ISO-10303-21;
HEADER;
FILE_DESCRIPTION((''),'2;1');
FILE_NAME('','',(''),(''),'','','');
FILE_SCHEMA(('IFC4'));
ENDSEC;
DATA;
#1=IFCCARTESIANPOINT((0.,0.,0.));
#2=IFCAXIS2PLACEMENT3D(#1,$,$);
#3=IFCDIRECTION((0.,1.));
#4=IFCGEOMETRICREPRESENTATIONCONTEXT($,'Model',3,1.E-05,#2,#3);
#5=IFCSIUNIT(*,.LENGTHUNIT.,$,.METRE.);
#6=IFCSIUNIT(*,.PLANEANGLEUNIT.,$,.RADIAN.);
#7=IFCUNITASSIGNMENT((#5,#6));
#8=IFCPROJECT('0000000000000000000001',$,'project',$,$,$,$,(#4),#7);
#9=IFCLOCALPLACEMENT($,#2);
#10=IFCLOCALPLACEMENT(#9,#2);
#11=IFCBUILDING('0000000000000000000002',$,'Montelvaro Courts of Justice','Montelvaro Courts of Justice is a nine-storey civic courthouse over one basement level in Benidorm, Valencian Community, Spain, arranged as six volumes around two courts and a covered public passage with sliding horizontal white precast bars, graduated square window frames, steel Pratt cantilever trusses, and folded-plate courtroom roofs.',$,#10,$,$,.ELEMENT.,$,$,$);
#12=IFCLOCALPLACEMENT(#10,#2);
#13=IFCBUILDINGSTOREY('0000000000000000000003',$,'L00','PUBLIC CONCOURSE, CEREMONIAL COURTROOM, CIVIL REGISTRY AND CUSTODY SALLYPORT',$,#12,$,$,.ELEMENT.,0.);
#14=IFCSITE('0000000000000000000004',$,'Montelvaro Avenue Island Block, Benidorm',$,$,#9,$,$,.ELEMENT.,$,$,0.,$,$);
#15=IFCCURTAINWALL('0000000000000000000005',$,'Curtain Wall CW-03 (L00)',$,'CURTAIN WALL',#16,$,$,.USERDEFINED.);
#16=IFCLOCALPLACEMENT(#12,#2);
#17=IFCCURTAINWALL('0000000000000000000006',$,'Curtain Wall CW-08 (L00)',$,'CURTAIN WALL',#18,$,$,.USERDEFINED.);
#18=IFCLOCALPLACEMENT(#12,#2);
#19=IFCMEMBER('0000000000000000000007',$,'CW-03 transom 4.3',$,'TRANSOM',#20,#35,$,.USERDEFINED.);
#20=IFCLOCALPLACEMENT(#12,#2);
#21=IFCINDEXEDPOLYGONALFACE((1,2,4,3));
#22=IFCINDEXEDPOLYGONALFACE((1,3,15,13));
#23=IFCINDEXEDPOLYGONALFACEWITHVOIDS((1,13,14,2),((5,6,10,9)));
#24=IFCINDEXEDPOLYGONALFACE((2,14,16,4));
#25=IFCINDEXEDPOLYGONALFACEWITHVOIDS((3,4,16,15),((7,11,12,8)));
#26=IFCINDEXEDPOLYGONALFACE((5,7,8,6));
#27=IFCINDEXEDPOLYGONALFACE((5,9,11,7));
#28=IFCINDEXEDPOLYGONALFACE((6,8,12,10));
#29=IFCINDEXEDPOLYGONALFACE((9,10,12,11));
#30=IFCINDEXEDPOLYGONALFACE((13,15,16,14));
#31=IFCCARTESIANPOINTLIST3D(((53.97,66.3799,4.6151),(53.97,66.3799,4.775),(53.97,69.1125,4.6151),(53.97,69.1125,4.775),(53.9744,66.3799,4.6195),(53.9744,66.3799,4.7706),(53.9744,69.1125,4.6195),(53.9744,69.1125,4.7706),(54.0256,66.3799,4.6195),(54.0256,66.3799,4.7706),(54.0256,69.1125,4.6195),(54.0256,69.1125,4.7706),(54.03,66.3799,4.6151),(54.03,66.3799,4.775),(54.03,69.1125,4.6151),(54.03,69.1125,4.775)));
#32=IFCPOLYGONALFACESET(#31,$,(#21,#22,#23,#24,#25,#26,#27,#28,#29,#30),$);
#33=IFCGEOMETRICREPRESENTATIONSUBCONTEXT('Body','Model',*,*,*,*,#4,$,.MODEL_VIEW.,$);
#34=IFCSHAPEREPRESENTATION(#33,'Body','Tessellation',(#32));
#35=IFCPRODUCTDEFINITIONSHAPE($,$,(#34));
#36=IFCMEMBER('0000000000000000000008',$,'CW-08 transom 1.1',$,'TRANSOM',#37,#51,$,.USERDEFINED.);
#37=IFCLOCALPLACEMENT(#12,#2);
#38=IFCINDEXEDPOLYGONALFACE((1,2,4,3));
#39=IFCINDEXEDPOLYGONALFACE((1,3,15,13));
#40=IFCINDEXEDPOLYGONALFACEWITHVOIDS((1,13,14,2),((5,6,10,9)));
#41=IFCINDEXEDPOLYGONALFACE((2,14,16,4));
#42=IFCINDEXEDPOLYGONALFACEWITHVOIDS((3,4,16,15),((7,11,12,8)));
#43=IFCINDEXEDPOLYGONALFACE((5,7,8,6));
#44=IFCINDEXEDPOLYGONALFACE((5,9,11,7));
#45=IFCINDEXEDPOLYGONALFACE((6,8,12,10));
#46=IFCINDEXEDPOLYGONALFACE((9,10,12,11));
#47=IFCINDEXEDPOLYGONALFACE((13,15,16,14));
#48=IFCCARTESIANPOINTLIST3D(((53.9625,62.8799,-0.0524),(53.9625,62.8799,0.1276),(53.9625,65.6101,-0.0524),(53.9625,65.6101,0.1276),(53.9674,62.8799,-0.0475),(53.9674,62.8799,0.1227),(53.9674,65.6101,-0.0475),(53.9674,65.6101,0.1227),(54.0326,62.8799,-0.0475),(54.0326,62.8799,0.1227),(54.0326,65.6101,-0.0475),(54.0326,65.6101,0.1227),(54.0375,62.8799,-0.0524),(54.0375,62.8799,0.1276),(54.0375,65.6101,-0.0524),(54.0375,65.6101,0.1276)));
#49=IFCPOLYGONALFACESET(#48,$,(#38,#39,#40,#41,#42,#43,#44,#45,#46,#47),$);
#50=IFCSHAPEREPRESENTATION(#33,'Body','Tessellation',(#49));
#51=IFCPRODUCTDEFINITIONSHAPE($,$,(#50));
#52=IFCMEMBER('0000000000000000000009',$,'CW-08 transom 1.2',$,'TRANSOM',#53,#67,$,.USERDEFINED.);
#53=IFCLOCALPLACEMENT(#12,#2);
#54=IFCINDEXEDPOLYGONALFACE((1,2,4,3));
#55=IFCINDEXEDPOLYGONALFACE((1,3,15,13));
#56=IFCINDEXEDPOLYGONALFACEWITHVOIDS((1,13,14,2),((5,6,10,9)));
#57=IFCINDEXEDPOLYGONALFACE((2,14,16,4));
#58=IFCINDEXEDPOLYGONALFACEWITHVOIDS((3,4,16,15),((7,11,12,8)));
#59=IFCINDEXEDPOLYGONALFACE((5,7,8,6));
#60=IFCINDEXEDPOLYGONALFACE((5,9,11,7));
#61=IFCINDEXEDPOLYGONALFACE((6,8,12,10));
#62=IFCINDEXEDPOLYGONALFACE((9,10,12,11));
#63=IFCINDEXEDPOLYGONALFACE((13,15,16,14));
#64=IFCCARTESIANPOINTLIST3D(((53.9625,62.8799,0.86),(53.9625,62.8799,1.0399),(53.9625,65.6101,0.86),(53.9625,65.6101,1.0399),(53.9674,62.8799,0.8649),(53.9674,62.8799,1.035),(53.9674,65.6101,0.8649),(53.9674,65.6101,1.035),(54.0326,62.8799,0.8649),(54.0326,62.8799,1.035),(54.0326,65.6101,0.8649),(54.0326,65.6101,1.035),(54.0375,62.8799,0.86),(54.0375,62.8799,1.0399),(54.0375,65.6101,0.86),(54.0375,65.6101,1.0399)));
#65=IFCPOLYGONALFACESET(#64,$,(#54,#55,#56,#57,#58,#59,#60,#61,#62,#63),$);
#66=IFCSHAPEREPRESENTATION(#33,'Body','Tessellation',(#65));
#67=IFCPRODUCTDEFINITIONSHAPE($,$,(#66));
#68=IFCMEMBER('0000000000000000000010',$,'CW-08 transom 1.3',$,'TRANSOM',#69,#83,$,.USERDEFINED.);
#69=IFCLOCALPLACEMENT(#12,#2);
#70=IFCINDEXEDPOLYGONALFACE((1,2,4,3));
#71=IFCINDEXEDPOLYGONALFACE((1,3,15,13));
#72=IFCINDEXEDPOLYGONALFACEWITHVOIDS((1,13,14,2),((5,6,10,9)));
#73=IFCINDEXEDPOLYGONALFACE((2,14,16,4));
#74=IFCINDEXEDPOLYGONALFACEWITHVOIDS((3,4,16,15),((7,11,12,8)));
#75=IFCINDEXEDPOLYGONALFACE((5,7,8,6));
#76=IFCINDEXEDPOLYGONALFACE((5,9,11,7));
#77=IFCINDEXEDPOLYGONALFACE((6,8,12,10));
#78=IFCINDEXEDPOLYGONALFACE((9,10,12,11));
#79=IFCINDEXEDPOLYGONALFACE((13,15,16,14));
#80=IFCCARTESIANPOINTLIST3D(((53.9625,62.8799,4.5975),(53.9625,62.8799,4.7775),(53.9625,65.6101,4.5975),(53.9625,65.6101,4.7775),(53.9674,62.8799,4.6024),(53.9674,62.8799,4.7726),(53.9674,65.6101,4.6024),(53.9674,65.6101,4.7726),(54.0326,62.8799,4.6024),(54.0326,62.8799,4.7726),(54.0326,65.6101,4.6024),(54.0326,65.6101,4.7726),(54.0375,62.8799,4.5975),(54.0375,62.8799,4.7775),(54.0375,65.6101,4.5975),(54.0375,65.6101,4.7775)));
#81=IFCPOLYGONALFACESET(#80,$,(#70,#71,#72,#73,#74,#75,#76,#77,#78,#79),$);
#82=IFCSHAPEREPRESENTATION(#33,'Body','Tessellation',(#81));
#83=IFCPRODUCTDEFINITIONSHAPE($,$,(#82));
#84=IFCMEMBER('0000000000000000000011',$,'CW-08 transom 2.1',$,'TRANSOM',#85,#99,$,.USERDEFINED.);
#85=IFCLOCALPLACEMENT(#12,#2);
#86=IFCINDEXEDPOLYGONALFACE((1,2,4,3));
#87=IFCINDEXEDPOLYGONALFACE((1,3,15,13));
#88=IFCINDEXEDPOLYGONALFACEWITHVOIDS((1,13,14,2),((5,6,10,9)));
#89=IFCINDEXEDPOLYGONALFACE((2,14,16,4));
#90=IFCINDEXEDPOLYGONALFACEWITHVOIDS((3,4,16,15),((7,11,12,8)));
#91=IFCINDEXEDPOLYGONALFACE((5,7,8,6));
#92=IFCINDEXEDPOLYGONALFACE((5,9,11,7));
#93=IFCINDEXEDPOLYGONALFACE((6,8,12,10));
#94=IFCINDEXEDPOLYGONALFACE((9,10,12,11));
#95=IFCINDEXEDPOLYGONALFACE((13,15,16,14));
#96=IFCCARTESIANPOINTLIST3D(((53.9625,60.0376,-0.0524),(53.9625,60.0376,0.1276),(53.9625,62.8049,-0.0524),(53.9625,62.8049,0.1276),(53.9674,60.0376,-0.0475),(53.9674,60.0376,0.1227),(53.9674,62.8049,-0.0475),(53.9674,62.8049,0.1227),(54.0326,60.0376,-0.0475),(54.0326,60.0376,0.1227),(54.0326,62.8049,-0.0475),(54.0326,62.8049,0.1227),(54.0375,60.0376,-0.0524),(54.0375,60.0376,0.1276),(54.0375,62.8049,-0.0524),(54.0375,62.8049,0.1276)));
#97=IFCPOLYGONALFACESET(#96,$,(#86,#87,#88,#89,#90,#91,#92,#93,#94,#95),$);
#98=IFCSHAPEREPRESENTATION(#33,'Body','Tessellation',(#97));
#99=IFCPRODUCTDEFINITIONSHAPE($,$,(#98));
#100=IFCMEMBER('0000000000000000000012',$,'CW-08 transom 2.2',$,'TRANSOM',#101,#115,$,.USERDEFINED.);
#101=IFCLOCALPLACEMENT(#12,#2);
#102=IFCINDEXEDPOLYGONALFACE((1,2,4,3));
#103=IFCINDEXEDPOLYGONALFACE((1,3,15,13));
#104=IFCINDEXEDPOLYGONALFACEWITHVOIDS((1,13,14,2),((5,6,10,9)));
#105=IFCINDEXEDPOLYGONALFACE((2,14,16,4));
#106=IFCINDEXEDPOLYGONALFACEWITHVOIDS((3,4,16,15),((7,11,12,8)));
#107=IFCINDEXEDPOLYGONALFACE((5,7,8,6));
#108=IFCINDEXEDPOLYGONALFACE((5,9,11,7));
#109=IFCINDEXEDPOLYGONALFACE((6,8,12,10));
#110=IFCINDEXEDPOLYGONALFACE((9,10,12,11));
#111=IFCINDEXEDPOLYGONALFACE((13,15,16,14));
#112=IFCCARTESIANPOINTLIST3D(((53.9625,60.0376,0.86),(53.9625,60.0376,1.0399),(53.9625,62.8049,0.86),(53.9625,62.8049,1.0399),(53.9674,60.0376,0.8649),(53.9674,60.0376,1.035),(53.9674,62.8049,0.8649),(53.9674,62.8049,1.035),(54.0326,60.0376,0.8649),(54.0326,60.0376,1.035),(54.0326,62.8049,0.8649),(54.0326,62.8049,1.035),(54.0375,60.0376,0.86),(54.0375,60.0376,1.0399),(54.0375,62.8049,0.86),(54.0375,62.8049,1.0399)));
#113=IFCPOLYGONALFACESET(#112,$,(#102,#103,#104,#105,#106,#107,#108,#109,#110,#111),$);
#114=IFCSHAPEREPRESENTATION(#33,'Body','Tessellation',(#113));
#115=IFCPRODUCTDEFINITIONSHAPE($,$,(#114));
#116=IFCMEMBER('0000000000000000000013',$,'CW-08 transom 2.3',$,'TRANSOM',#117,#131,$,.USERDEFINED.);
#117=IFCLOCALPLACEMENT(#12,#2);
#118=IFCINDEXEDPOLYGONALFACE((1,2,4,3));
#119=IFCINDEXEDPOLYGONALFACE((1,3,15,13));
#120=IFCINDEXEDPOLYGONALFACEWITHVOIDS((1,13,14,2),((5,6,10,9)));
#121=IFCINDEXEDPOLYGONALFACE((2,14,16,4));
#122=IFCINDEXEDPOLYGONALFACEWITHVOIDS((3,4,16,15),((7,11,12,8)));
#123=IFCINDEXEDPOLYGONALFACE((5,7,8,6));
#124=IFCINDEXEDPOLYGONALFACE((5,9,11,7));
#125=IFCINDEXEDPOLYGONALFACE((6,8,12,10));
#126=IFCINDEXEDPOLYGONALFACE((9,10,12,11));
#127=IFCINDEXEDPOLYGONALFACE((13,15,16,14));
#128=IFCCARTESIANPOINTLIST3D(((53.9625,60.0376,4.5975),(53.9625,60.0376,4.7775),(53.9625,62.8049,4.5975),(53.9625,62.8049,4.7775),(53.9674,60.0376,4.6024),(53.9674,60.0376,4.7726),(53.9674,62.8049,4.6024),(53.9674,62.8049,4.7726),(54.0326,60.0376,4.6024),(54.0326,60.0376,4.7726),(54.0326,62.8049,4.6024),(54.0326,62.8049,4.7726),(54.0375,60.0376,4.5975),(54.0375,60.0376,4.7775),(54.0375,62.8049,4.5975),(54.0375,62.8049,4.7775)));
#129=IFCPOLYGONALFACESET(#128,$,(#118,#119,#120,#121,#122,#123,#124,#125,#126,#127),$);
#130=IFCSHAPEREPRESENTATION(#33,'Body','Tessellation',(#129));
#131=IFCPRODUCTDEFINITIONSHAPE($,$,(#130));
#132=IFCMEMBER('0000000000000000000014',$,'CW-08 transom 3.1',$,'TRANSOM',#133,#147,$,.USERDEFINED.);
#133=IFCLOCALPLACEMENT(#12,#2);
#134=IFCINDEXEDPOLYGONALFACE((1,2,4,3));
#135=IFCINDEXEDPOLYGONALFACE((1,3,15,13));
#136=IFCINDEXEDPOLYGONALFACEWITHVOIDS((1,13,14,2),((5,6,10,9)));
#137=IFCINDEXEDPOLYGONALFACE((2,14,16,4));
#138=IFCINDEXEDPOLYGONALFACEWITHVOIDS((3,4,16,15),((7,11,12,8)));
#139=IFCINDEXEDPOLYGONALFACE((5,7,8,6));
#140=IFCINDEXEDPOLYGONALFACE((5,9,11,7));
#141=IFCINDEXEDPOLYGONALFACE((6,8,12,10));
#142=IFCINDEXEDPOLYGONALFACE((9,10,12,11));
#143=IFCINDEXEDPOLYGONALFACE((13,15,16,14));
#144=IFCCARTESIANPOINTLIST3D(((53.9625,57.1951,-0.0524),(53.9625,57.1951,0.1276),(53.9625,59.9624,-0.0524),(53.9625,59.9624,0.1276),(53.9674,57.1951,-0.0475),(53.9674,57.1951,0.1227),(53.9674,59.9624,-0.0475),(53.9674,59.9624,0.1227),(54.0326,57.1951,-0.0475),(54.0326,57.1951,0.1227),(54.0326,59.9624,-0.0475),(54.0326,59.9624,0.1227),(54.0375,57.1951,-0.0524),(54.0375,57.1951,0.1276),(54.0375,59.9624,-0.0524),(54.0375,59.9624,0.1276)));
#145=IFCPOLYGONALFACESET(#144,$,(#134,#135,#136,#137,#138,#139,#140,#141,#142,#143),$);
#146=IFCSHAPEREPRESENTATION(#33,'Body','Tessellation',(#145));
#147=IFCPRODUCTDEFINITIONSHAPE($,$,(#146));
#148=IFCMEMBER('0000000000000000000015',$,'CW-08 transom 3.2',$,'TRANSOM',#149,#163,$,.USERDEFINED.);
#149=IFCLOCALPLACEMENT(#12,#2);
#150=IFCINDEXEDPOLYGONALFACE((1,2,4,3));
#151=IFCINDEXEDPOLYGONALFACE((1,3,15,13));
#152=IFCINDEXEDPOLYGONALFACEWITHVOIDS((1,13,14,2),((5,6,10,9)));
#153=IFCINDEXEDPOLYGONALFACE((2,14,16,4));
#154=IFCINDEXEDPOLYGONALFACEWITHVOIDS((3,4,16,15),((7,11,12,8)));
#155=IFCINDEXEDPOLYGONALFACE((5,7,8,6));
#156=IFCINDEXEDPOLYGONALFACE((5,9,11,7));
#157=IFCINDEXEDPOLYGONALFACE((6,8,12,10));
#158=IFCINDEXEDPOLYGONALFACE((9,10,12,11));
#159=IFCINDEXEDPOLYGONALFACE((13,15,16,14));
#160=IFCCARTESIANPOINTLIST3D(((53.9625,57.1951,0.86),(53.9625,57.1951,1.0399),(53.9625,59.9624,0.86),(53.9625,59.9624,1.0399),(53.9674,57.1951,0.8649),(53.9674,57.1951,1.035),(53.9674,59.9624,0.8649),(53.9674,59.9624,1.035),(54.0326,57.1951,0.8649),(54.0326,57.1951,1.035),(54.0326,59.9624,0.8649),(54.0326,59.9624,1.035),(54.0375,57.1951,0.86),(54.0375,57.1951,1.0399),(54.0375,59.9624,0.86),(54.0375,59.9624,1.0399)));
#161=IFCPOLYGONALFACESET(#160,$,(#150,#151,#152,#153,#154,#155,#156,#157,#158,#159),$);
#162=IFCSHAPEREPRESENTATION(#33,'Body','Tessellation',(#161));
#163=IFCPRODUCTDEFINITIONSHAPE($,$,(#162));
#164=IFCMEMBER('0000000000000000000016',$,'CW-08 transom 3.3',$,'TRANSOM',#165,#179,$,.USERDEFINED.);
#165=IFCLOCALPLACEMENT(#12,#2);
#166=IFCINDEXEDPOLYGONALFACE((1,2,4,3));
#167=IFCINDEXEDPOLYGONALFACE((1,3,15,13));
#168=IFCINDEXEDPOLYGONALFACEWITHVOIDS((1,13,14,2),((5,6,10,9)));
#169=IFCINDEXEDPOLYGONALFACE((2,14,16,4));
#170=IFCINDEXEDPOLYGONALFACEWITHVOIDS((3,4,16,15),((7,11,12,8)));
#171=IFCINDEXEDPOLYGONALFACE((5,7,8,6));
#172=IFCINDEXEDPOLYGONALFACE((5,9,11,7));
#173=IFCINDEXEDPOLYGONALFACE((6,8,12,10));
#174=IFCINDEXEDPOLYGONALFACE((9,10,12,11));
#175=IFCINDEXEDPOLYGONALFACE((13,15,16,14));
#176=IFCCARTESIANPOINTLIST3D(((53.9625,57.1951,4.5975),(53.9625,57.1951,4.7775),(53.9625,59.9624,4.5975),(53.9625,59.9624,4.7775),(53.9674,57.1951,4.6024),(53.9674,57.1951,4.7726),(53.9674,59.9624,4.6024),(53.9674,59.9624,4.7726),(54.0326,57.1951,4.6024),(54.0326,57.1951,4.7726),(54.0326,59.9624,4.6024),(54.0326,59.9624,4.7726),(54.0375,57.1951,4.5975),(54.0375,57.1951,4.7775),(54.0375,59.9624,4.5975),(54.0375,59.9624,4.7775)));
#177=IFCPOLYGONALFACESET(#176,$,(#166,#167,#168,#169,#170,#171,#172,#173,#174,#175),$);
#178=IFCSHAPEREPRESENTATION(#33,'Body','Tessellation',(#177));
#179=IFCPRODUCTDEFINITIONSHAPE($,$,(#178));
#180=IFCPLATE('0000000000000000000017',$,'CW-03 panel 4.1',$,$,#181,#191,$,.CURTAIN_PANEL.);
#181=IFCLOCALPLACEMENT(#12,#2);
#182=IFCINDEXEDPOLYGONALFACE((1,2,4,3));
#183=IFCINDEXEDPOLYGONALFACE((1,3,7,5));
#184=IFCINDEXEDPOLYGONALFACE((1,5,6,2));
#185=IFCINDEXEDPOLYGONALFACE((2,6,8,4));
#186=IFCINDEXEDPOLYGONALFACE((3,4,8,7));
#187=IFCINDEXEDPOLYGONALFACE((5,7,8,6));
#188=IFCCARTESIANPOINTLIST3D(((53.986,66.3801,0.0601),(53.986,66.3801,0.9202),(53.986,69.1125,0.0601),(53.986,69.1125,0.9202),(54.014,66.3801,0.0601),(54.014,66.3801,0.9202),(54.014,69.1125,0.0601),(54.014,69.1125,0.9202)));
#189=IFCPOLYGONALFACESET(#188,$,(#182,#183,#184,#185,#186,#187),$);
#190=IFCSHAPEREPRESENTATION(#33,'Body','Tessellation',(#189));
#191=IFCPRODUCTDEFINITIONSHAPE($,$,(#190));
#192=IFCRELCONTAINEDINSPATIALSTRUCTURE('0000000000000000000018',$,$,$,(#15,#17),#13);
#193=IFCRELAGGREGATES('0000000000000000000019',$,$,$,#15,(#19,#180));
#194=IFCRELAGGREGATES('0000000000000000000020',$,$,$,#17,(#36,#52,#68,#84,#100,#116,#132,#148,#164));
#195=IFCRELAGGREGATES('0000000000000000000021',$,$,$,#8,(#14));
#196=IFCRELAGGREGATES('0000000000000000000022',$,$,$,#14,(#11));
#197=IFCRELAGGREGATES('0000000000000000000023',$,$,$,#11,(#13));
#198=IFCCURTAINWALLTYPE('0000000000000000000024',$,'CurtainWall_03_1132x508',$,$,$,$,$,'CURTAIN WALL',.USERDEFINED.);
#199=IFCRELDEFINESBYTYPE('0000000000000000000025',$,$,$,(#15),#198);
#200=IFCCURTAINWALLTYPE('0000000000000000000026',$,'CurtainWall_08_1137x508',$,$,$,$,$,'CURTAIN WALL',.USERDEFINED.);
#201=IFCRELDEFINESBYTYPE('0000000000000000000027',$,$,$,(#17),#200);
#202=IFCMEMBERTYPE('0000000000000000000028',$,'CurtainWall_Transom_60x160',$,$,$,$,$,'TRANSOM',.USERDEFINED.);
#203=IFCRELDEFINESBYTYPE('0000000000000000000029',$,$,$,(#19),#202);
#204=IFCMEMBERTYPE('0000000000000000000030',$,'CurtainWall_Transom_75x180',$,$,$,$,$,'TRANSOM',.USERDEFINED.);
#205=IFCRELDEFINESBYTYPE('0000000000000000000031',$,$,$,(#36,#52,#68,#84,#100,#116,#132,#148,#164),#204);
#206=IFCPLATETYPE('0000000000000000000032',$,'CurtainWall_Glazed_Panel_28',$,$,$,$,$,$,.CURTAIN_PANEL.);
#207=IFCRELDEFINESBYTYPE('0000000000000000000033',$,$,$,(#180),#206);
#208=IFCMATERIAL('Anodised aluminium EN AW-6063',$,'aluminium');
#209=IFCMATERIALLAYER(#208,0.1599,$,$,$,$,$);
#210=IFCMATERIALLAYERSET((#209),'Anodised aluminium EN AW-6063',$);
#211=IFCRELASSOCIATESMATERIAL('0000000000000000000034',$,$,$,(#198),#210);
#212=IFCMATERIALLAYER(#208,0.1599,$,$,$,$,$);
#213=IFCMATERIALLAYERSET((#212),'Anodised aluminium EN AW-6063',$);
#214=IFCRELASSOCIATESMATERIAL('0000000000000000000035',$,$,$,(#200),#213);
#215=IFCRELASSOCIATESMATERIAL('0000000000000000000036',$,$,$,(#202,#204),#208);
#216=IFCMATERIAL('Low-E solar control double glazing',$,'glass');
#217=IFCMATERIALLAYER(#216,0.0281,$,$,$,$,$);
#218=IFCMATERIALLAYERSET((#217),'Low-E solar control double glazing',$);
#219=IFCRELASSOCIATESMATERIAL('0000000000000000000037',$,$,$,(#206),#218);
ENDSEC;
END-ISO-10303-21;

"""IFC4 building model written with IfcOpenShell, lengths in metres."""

from ifc_helpers import new_model, si_unit, direction, frame, origin, origin_2d, place, context, subcontext, project, spatial, rectangle, hollow_rectangle, extrude, material, layer, layer_set, material_profile, profile_set, type_object, element, aggregate, save


model = new_model("IFC4")

# Units and contexts
model_context = context("Model", 3, precision=1e-05, world=origin(), true_north=direction((0.0, 1.0)))
body_context = subcontext(model_context, "Body", "Model", "MODEL_VIEW")
ifc_project = project(units=[si_unit("LENGTHUNIT", "METRE"), si_unit("PLANEANGLEUNIT", "RADIAN")], contexts=[model_context])

# Site, building, storey
site_placement = place(None, origin())
site = spatial("IfcSite", under=ifc_project, at=site_placement, Name="Montelvaro Avenue Island Block, Benidorm", CompositionType="ELEMENT", RefElevation=0.0)
building_placement = place(site_placement, origin())
building = spatial("IfcBuilding", under=site, at=building_placement, Name="Montelvaro Courts of Justice", Description="Montelvaro Courts of Justice is a nine-storey civic courthouse over one basement level in Benidorm, Valencian Community, Spain, arranged as six volumes around two courts and a covered public passage with sliding horizontal white precast bars, graduated square window frames, steel Pratt cantilever trusses, and folded-plate courtroom roofs.", CompositionType="ELEMENT")
storey_placement = place(building_placement, origin())
storey = spatial("IfcBuildingStorey", under=building, at=storey_placement, Name="L00", Description="PUBLIC CONCOURSE, CEREMONIAL COURTROOM, CIVIL REGISTRY AND CUSTODY SALLYPORT", CompositionType="ELEMENT", Elevation=0.0)

# Curtain wall
ifc_material_1 = material(Name="Anodised aluminium EN AW-6063", Category="aluminium")
ifc_layer_1 = layer(ifc_material_1, 0.1599)
ifc_layer_set_1 = layer_set([ifc_layer_1], Name="Anodised aluminium EN AW-6063")
curtain_wall_type_1 = type_object("IfcCurtainWallType", Name="CurtainWall_03_1132x508", ElementType="CURTAIN WALL", PredefinedType="USERDEFINED", material=ifc_layer_set_1)
curtain_wall_1_placement = place(storey_placement, origin())
curtain_wall_1 = element("IfcCurtainWall", 1, at=curtain_wall_1_placement, inside=storey, type_object=curtain_wall_type_1, Name="Curtain Wall CW-03 (L00)", ObjectType="CURTAIN WALL", PredefinedType="USERDEFINED")

# Curtain wall
ifc_layer_2 = layer(ifc_material_1, 0.1599)
ifc_layer_set_2 = layer_set([ifc_layer_2], Name="Anodised aluminium EN AW-6063")
curtain_wall_type_2 = type_object("IfcCurtainWallType", Name="CurtainWall_08_1137x508", ElementType="CURTAIN WALL", PredefinedType="USERDEFINED", material=ifc_layer_set_2)
curtain_wall_2_placement = place(storey_placement, origin())
curtain_wall_2 = element("IfcCurtainWall", 2, at=curtain_wall_2_placement, inside=storey, type_object=curtain_wall_type_2, Name="Curtain Wall CW-08 (L00)", ObjectType="CURTAIN WALL", PredefinedType="USERDEFINED")

# Members
ifc_material_profile_1 = material_profile(ifc_material_1, hollow_rectangle(XDim=0.0601, YDim=0.1599, WallThickness=0.0044, at=origin_2d()), Name="ALU-T 60x160")
ifc_profile_set_1 = profile_set([ifc_material_profile_1], Name="Anodised aluminium EN AW-6063")
member_type_1 = type_object("IfcMemberType", Name="CurtainWall_Transom_60x160", ElementType="TRANSOM", PredefinedType="USERDEFINED", material=ifc_profile_set_1)
member_1_placement = place(storey_placement, frame((54.0, 69.1125, 4.6951), z_axis=(0.0, -1.0, 0.0), x_axis=(1.0, 0.0, 0.0)))
member_1 = element("IfcMember", 3, at=member_1_placement, type_object=member_type_1, Name="CW-03 transom 4.3", ObjectType="TRANSOM", PredefinedType="USERDEFINED", context=body_context, shape_type="SweptSolid", body=[
    extrude(hollow_rectangle(XDim=0.0601, YDim=0.1599, WallThickness=0.0044, at=origin_2d()), origin(), (0.0, 0.0, 1.0), 2.7327),
])
ifc_material_profile_2 = material_profile(ifc_material_1, hollow_rectangle(XDim=0.075, YDim=0.1799, WallThickness=0.0049, at=origin_2d()), Name="ALU-T 75x180")
ifc_profile_set_2 = profile_set([ifc_material_profile_2], Name="Anodised aluminium EN AW-6063")
member_type_2 = type_object("IfcMemberType", Name="CurtainWall_Transom_75x180", ElementType="TRANSOM", PredefinedType="USERDEFINED", material=ifc_profile_set_2)
member_2_placement = place(storey_placement, frame((54.0, 65.6101, 0.0376), z_axis=(0.0, -1.0, 0.0), x_axis=(1.0, 0.0, 0.0)))
member_2 = element("IfcMember", 4, at=member_2_placement, type_object=member_type_2, Name="CW-08 transom 1.1", ObjectType="TRANSOM", PredefinedType="USERDEFINED", context=body_context, shape_type="SweptSolid", body=[
    extrude(hollow_rectangle(XDim=0.075, YDim=0.1799, WallThickness=0.0049, at=origin_2d()), origin(), (0.0, 0.0, 1.0), 2.7302),
])
member_3_placement = place(storey_placement, frame((54.0, 65.6101, 0.95), z_axis=(0.0, -1.0, 0.0), x_axis=(1.0, 0.0, 0.0)))
member_3 = element("IfcMember", 5, at=member_3_placement, type_object=member_type_2, Name="CW-08 transom 1.2", ObjectType="TRANSOM", PredefinedType="USERDEFINED", context=body_context, shape_type="SweptSolid", body=[
    extrude(hollow_rectangle(XDim=0.075, YDim=0.1799, WallThickness=0.0049, at=origin_2d()), origin(), (0.0, 0.0, 1.0), 2.7302),
])
member_4_placement = place(storey_placement, frame((54.0, 65.6101, 4.6875), z_axis=(0.0, -1.0, 0.0), x_axis=(1.0, 0.0, 0.0)))
member_4 = element("IfcMember", 6, at=member_4_placement, type_object=member_type_2, Name="CW-08 transom 1.3", ObjectType="TRANSOM", PredefinedType="USERDEFINED", context=body_context, shape_type="SweptSolid", body=[
    extrude(hollow_rectangle(XDim=0.075, YDim=0.1799, WallThickness=0.0049, at=origin_2d()), origin(), (0.0, 0.0, 1.0), 2.7302),
])
member_5_placement = place(storey_placement, frame((54.0, 62.8049, 0.0376), z_axis=(0.0, -1.0, 0.0), x_axis=(1.0, 0.0, 0.0)))
member_5 = element("IfcMember", 7, at=member_5_placement, type_object=member_type_2, Name="CW-08 transom 2.1", ObjectType="TRANSOM", PredefinedType="USERDEFINED", context=body_context, shape_type="SweptSolid", body=[
    extrude(hollow_rectangle(XDim=0.075, YDim=0.1799, WallThickness=0.0049, at=origin_2d()), origin(), (0.0, 0.0, 1.0), 2.7673),
])
member_6_placement = place(storey_placement, frame((54.0, 62.8049, 0.95), z_axis=(0.0, -1.0, 0.0), x_axis=(1.0, 0.0, 0.0)))
member_6 = element("IfcMember", 8, at=member_6_placement, type_object=member_type_2, Name="CW-08 transom 2.2", ObjectType="TRANSOM", PredefinedType="USERDEFINED", context=body_context, shape_type="SweptSolid", body=[
    extrude(hollow_rectangle(XDim=0.075, YDim=0.1799, WallThickness=0.0049, at=origin_2d()), origin(), (0.0, 0.0, 1.0), 2.7673),
])
member_7_placement = place(storey_placement, frame((54.0, 62.8049, 4.6875), z_axis=(0.0, -1.0, 0.0), x_axis=(1.0, 0.0, 0.0)))
member_7 = element("IfcMember", 9, at=member_7_placement, type_object=member_type_2, Name="CW-08 transom 2.3", ObjectType="TRANSOM", PredefinedType="USERDEFINED", context=body_context, shape_type="SweptSolid", body=[
    extrude(hollow_rectangle(XDim=0.075, YDim=0.1799, WallThickness=0.0049, at=origin_2d()), origin(), (0.0, 0.0, 1.0), 2.7673),
])
member_8_placement = place(storey_placement, frame((54.0, 59.9624, 0.0376), z_axis=(0.0, -1.0, 0.0), x_axis=(1.0, 0.0, 0.0)))
member_8 = element("IfcMember", 10, at=member_8_placement, type_object=member_type_2, Name="CW-08 transom 3.1", ObjectType="TRANSOM", PredefinedType="USERDEFINED", context=body_context, shape_type="SweptSolid", body=[
    extrude(hollow_rectangle(XDim=0.075, YDim=0.1799, WallThickness=0.0049, at=origin_2d()), origin(), (0.0, 0.0, 1.0), 2.7673),
])
member_9_placement = place(storey_placement, frame((54.0, 59.9624, 0.95), z_axis=(0.0, -1.0, 0.0), x_axis=(1.0, 0.0, 0.0)))
member_9 = element("IfcMember", 11, at=member_9_placement, type_object=member_type_2, Name="CW-08 transom 3.2", ObjectType="TRANSOM", PredefinedType="USERDEFINED", context=body_context, shape_type="SweptSolid", body=[
    extrude(hollow_rectangle(XDim=0.075, YDim=0.1799, WallThickness=0.0049, at=origin_2d()), origin(), (0.0, 0.0, 1.0), 2.7673),
])
member_10_placement = place(storey_placement, frame((54.0, 59.9624, 4.6875), z_axis=(0.0, -1.0, 0.0), x_axis=(1.0, 0.0, 0.0)))
member_10 = element("IfcMember", 12, at=member_10_placement, type_object=member_type_2, Name="CW-08 transom 3.3", ObjectType="TRANSOM", PredefinedType="USERDEFINED", context=body_context, shape_type="SweptSolid", body=[
    extrude(hollow_rectangle(XDim=0.075, YDim=0.1799, WallThickness=0.0049, at=origin_2d()), origin(), (0.0, 0.0, 1.0), 2.7673),
])

# Plate
ifc_material_2 = material(Name="Low-E solar control double glazing", Category="glass")
ifc_layer_3 = layer(ifc_material_2, 0.0281)
ifc_layer_set_3 = layer_set([ifc_layer_3], Name="Low-E solar control double glazing")
plate_type = type_object("IfcPlateType", Name="CurtainWall_Glazed_Panel_28", PredefinedType="CURTAIN_PANEL", material=ifc_layer_set_3)
plate_1_placement = place(storey_placement, frame((54.0, 67.7463, 0.0601), z_axis=(0.0, 0.0, 1.0), x_axis=(0.0, -1.0, 0.0)))
plate_1 = element("IfcPlate", 13, at=plate_1_placement, type_object=plate_type, Name="CW-03 panel 4.1", PredefinedType="CURTAIN_PANEL", context=body_context, shape_type="SweptSolid", body=[
    extrude(rectangle(XDim=2.7324, YDim=0.0281, at=origin_2d()), origin(), (0.0, 0.0, 1.0), 0.8601),
])
aggregate(curtain_wall_1, [member_1, plate_1])
aggregate(curtain_wall_2, [member_2, member_3, member_4, member_5, member_6, member_7, member_8, member_9, member_10])

save(model, "model.ifc")
